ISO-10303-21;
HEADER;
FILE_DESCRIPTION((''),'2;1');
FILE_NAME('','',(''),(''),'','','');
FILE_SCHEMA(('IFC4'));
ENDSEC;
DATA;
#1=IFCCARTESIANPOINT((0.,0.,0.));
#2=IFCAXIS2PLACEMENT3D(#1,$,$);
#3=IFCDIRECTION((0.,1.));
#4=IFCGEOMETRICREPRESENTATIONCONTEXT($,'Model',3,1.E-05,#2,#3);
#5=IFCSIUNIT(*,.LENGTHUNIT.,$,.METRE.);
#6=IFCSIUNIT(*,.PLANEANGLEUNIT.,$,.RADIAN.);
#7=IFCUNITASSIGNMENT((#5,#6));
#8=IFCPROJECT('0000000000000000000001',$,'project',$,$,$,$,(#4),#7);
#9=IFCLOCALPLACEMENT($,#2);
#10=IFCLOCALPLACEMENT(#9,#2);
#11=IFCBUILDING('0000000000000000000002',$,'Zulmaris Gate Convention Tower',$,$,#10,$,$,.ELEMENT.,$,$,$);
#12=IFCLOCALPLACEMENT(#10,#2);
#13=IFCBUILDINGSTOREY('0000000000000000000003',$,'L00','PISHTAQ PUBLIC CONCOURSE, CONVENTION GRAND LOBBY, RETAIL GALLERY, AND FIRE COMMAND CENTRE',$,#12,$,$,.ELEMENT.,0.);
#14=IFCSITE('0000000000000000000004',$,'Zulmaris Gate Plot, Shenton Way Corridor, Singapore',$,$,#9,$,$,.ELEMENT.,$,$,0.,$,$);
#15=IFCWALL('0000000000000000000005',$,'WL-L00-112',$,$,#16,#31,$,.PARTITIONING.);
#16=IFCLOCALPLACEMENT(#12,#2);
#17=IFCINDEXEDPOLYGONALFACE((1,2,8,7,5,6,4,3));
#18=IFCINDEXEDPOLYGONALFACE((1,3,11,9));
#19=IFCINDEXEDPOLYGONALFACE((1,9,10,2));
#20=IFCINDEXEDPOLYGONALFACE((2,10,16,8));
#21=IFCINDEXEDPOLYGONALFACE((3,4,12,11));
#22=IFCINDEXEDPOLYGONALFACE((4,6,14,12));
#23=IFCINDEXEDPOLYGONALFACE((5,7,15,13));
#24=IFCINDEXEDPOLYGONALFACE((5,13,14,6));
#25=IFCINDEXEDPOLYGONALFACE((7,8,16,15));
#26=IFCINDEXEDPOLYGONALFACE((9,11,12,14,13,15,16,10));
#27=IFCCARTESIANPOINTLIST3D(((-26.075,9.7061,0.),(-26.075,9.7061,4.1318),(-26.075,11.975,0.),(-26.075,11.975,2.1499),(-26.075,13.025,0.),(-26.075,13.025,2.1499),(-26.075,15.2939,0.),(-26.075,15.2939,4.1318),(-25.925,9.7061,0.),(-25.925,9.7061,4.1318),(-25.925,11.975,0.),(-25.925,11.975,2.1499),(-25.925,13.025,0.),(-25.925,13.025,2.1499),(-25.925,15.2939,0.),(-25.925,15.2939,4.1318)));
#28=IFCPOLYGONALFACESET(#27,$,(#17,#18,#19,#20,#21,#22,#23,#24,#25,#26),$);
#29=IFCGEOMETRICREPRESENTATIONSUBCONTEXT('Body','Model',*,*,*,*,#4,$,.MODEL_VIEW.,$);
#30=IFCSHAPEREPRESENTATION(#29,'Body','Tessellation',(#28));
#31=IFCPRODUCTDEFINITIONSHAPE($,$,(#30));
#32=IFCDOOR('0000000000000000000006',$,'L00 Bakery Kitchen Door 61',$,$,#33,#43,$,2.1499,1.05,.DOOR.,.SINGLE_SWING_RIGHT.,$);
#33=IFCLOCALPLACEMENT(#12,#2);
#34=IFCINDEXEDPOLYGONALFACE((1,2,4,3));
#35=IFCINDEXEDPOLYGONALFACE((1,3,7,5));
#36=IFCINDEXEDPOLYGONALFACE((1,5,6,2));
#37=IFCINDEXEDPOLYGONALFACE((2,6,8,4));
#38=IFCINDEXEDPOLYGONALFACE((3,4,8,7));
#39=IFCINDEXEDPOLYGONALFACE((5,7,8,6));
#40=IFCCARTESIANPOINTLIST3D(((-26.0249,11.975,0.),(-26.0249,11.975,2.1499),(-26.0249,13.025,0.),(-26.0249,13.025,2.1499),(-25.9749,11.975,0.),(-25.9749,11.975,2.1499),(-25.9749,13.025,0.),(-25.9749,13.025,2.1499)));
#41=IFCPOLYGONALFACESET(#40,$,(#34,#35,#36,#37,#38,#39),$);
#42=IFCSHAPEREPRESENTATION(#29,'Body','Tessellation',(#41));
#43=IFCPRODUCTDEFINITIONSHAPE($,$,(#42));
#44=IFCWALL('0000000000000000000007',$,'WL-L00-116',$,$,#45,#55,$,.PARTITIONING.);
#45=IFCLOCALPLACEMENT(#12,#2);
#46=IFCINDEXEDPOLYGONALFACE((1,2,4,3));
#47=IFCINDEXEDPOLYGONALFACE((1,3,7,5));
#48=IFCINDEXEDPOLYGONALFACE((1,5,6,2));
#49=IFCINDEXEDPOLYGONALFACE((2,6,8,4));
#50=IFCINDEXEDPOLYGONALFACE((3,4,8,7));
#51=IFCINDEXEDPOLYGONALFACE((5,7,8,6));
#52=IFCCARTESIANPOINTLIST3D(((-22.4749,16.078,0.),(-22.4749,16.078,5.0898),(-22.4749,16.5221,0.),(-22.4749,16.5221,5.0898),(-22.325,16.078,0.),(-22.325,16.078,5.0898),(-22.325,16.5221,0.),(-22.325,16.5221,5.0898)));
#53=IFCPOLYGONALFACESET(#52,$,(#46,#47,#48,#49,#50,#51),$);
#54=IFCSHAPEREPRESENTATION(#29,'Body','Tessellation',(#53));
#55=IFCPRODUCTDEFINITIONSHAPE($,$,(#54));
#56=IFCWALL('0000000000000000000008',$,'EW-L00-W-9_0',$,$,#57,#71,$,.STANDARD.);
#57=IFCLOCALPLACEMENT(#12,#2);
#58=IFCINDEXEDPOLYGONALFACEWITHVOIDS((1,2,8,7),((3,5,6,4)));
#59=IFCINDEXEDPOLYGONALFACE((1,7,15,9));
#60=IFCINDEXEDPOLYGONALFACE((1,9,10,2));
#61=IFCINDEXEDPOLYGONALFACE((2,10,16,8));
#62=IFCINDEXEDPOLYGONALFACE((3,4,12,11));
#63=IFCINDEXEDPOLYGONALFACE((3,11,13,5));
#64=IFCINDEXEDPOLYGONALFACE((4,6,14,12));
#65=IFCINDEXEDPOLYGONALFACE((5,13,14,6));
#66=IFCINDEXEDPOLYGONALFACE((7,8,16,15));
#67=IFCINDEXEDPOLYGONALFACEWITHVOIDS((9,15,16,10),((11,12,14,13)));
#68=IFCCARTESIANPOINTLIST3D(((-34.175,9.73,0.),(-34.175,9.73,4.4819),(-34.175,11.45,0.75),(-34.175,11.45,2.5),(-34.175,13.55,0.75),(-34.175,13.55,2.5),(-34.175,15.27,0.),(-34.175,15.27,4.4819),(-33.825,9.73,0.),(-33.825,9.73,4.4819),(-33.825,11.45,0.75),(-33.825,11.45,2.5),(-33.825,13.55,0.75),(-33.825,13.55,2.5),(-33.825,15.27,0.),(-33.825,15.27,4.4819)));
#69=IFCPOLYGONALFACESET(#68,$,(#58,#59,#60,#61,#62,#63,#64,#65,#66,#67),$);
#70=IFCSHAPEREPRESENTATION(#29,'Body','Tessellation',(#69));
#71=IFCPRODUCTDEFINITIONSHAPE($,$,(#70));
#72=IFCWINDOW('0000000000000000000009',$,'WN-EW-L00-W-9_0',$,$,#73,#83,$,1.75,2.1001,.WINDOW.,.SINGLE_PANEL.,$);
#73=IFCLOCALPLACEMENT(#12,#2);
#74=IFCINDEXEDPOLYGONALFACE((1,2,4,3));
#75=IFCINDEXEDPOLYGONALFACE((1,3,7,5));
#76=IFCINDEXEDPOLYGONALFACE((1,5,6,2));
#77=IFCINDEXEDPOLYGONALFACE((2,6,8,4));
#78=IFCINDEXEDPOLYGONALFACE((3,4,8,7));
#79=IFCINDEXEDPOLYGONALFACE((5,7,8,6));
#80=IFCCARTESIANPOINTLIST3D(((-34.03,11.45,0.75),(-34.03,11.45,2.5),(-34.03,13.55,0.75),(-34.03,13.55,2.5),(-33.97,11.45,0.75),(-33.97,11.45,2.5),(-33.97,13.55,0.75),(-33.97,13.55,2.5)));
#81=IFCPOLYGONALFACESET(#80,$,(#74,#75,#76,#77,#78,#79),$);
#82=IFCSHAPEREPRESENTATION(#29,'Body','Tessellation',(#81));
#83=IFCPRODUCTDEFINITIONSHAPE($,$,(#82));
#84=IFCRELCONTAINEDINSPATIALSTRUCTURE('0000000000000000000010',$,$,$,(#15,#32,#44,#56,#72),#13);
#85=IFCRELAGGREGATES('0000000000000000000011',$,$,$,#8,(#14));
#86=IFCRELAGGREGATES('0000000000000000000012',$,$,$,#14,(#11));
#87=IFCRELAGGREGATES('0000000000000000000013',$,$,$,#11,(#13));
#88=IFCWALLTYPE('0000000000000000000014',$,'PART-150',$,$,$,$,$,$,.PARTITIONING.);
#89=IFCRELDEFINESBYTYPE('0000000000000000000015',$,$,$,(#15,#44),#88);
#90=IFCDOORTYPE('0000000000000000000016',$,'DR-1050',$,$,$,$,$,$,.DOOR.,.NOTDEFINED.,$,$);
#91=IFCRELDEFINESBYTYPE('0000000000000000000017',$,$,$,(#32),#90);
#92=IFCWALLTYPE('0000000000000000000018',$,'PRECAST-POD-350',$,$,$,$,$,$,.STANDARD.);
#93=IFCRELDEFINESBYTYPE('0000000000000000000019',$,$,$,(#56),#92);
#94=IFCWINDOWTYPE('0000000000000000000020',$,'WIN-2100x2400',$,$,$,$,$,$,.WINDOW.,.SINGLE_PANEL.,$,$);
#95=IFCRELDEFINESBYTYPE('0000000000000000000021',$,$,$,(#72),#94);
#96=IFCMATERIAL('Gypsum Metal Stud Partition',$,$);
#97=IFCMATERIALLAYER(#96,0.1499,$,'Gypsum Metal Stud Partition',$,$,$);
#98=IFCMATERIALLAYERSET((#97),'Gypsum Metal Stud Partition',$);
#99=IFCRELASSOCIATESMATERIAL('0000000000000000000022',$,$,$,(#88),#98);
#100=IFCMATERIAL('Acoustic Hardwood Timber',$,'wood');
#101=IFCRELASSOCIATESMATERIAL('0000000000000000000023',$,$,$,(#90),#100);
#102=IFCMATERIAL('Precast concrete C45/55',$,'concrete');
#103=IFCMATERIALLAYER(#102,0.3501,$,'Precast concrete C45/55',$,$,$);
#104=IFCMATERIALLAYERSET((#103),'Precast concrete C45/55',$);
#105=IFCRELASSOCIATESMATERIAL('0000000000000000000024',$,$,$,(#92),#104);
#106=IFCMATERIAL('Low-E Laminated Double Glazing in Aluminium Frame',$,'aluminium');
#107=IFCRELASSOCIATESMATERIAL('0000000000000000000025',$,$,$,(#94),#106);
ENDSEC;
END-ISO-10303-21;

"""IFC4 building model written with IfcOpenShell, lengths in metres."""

from ifc_helpers import new_model, si_unit, direction, frame, frame_2d, origin, place, context, subcontext, project, spatial, rectangle, extrude, material, layer, layer_set, type_object, element, fill, save


model = new_model("IFC4")

# Units and contexts
model_context = context("Model", 3, precision=1e-05, world=origin(), true_north=direction((0.0, 1.0)))
body_context = subcontext(model_context, "Body", "Model", "MODEL_VIEW")
ifc_project = project(units=[si_unit("LENGTHUNIT", "METRE"), si_unit("PLANEANGLEUNIT", "RADIAN")], contexts=[model_context])

# Site, building, storey
site_placement = place(None, origin())
site = spatial("IfcSite", under=ifc_project, at=site_placement, Name="Zulmaris Gate Plot, Shenton Way Corridor, Singapore", CompositionType="ELEMENT", RefElevation=0.0)
building_placement = place(site_placement, origin())
building = spatial("IfcBuilding", under=site, at=building_placement, Name="Zulmaris Gate Convention Tower", CompositionType="ELEMENT")
storey_placement = place(building_placement, origin())
storey = spatial("IfcBuildingStorey", under=building, at=storey_placement, Name="L00", Description="PISHTAQ PUBLIC CONCOURSE, CONVENTION GRAND LOBBY, RETAIL GALLERY, AND FIRE COMMAND CENTRE", CompositionType="ELEMENT", Elevation=0.0)

# Shared definitions
ifc_material_1 = material(Name="Gypsum Metal Stud Partition")
ifc_layer_1 = layer(ifc_material_1, 0.1499, Name="Gypsum Metal Stud Partition")
ifc_layer_set_1 = layer_set([ifc_layer_1], Name="Gypsum Metal Stud Partition")
wall_type_1 = type_object("IfcWallType", Name="PART-150", PredefinedType="PARTITIONING", material=ifc_layer_set_1)

# Wall, opening, door
wall_1_placement = place(storey_placement, frame((-26.0, 9.7061, 0.0), z_axis=(0.0, 0.0, 1.0), x_axis=(0.0, 1.0, 0.0)))
wall_1 = element("IfcWall", 1, at=wall_1_placement, inside=storey, type_object=wall_type_1, Name="WL-L00-112", PredefinedType="PARTITIONING", context=body_context, shape_type="SweptSolid", body=[
    extrude(rectangle(XDim=5.5879, YDim=0.1499, at=frame_2d((2.7939, 0.0))), origin(), (0.0, 0.0, 1.0), 4.1318),
])
opening_1_placement = place(wall_1_placement, frame((2.269, 0.0, 0.0)))
opening_1 = element("IfcOpeningElement", 2, at=opening_1_placement, cuts=wall_1, PredefinedType="OPENING", context=body_context, shape_type="SweptSolid", body=[
    extrude(rectangle(XDim=1.05, YDim=2.1499, at=frame_2d((0.5249, 1.075))), frame((0.0, 0.085, 0.0), z_axis=(0.0, -1.0, 0.0), x_axis=(1.0, 0.0, 0.0)), (0.0, 0.0, 1.0), 0.1699),
])
ifc_material_2 = material(Name="Acoustic Hardwood Timber", Category="wood")
door_type_1 = type_object("IfcDoorType", Name="DR-1050", OperationType="NOTDEFINED", PredefinedType="DOOR", material=ifc_material_2)
door_1_placement = place(opening_1_placement, origin())
door_1 = element("IfcDoor", 3, at=door_1_placement, inside=storey, type_object=door_type_1, Name="L00 Bakery Kitchen Door 61", OperationType="SINGLE_SWING_RIGHT", OverallHeight=2.1499, OverallWidth=1.05, PredefinedType="DOOR", context=body_context, shape_type="SweptSolid", body=[
    extrude(rectangle(XDim=1.05, YDim=2.1499, at=frame_2d((0.5249, 1.075))), frame((0.0, 0.0249, 0.0), z_axis=(0.0, -1.0, 0.0), x_axis=(1.0, 0.0, 0.0)), (0.0, 0.0, 1.0), 0.05),
])
fill(opening_1, door_1)

# Wall
wall_2_placement = place(storey_placement, frame((-22.3999, 16.0779, 0.0), z_axis=(0.0, 0.0, 1.0), x_axis=(0.0, 1.0, 0.0)))
element("IfcWall", 4, at=wall_2_placement, inside=storey, type_object=wall_type_1, Name="WL-L00-116", PredefinedType="PARTITIONING", context=body_context, shape_type="SweptSolid", body=[
    extrude(rectangle(XDim=0.4441, YDim=0.1499, at=frame_2d((0.2222, 0.0))), origin(), (0.0, 0.0, 1.0), 5.0898),
])

# Wall, opening, window
ifc_material_3 = material(Name="Precast concrete C45/55", Category="concrete")
ifc_layer_2 = layer(ifc_material_3, 0.3501, Name="Precast concrete C45/55")
ifc_layer_set_2 = layer_set([ifc_layer_2], Name="Precast concrete C45/55")
wall_type_2 = type_object("IfcWallType", Name="PRECAST-POD-350", PredefinedType="STANDARD", material=ifc_layer_set_2)
wall_3_placement = place(storey_placement, frame((-34.0, 9.73, 0.0), z_axis=(0.0, 0.0, 1.0), x_axis=(0.0, 1.0, 0.0)))
wall_3 = element("IfcWall", 5, at=wall_3_placement, inside=storey, type_object=wall_type_2, Name="EW-L00-W-9_0", PredefinedType="STANDARD", context=body_context, shape_type="SweptSolid", body=[
    extrude(rectangle(XDim=5.54, YDim=0.3501, at=frame_2d((2.77, 0.0))), origin(), (0.0, 0.0, 1.0), 4.4819),
])
opening_2_placement = place(wall_3_placement, frame((1.72, 0.0, 0.75)))
opening_2 = element("IfcOpeningElement", 6, at=opening_2_placement, cuts=wall_3, PredefinedType="OPENING", context=body_context, shape_type="SweptSolid", body=[
    extrude(rectangle(XDim=2.1001, YDim=1.75, at=frame_2d((1.05, 0.875))), frame((0.0, 0.1851, 0.0), z_axis=(0.0, -1.0, 0.0), x_axis=(1.0, 0.0, 0.0)), (0.0, 0.0, 1.0), 0.3701),
])
ifc_material_4 = material(Name="Low-E Laminated Double Glazing in Aluminium Frame", Category="aluminium")
window_type = type_object("IfcWindowType", Name="WIN-2100x2400", PartitioningType="SINGLE_PANEL", PredefinedType="WINDOW", material=ifc_material_4)
window_placement = place(opening_2_placement, origin())
window = element("IfcWindow", 7, at=window_placement, inside=storey, type_object=window_type, Name="WN-EW-L00-W-9_0", OverallHeight=1.75, OverallWidth=2.1001, PartitioningType="SINGLE_PANEL", PredefinedType="WINDOW", context=body_context, shape_type="SweptSolid", body=[
    extrude(rectangle(XDim=2.1001, YDim=1.75, at=frame_2d((1.05, 0.875))), frame((0.0, 0.03, 0.0), z_axis=(0.0, -1.0, 0.0), x_axis=(1.0, 0.0, 0.0)), (0.0, 0.0, 1.0), 0.0601),
])
fill(opening_2, window)

save(model, "model.ifc")
